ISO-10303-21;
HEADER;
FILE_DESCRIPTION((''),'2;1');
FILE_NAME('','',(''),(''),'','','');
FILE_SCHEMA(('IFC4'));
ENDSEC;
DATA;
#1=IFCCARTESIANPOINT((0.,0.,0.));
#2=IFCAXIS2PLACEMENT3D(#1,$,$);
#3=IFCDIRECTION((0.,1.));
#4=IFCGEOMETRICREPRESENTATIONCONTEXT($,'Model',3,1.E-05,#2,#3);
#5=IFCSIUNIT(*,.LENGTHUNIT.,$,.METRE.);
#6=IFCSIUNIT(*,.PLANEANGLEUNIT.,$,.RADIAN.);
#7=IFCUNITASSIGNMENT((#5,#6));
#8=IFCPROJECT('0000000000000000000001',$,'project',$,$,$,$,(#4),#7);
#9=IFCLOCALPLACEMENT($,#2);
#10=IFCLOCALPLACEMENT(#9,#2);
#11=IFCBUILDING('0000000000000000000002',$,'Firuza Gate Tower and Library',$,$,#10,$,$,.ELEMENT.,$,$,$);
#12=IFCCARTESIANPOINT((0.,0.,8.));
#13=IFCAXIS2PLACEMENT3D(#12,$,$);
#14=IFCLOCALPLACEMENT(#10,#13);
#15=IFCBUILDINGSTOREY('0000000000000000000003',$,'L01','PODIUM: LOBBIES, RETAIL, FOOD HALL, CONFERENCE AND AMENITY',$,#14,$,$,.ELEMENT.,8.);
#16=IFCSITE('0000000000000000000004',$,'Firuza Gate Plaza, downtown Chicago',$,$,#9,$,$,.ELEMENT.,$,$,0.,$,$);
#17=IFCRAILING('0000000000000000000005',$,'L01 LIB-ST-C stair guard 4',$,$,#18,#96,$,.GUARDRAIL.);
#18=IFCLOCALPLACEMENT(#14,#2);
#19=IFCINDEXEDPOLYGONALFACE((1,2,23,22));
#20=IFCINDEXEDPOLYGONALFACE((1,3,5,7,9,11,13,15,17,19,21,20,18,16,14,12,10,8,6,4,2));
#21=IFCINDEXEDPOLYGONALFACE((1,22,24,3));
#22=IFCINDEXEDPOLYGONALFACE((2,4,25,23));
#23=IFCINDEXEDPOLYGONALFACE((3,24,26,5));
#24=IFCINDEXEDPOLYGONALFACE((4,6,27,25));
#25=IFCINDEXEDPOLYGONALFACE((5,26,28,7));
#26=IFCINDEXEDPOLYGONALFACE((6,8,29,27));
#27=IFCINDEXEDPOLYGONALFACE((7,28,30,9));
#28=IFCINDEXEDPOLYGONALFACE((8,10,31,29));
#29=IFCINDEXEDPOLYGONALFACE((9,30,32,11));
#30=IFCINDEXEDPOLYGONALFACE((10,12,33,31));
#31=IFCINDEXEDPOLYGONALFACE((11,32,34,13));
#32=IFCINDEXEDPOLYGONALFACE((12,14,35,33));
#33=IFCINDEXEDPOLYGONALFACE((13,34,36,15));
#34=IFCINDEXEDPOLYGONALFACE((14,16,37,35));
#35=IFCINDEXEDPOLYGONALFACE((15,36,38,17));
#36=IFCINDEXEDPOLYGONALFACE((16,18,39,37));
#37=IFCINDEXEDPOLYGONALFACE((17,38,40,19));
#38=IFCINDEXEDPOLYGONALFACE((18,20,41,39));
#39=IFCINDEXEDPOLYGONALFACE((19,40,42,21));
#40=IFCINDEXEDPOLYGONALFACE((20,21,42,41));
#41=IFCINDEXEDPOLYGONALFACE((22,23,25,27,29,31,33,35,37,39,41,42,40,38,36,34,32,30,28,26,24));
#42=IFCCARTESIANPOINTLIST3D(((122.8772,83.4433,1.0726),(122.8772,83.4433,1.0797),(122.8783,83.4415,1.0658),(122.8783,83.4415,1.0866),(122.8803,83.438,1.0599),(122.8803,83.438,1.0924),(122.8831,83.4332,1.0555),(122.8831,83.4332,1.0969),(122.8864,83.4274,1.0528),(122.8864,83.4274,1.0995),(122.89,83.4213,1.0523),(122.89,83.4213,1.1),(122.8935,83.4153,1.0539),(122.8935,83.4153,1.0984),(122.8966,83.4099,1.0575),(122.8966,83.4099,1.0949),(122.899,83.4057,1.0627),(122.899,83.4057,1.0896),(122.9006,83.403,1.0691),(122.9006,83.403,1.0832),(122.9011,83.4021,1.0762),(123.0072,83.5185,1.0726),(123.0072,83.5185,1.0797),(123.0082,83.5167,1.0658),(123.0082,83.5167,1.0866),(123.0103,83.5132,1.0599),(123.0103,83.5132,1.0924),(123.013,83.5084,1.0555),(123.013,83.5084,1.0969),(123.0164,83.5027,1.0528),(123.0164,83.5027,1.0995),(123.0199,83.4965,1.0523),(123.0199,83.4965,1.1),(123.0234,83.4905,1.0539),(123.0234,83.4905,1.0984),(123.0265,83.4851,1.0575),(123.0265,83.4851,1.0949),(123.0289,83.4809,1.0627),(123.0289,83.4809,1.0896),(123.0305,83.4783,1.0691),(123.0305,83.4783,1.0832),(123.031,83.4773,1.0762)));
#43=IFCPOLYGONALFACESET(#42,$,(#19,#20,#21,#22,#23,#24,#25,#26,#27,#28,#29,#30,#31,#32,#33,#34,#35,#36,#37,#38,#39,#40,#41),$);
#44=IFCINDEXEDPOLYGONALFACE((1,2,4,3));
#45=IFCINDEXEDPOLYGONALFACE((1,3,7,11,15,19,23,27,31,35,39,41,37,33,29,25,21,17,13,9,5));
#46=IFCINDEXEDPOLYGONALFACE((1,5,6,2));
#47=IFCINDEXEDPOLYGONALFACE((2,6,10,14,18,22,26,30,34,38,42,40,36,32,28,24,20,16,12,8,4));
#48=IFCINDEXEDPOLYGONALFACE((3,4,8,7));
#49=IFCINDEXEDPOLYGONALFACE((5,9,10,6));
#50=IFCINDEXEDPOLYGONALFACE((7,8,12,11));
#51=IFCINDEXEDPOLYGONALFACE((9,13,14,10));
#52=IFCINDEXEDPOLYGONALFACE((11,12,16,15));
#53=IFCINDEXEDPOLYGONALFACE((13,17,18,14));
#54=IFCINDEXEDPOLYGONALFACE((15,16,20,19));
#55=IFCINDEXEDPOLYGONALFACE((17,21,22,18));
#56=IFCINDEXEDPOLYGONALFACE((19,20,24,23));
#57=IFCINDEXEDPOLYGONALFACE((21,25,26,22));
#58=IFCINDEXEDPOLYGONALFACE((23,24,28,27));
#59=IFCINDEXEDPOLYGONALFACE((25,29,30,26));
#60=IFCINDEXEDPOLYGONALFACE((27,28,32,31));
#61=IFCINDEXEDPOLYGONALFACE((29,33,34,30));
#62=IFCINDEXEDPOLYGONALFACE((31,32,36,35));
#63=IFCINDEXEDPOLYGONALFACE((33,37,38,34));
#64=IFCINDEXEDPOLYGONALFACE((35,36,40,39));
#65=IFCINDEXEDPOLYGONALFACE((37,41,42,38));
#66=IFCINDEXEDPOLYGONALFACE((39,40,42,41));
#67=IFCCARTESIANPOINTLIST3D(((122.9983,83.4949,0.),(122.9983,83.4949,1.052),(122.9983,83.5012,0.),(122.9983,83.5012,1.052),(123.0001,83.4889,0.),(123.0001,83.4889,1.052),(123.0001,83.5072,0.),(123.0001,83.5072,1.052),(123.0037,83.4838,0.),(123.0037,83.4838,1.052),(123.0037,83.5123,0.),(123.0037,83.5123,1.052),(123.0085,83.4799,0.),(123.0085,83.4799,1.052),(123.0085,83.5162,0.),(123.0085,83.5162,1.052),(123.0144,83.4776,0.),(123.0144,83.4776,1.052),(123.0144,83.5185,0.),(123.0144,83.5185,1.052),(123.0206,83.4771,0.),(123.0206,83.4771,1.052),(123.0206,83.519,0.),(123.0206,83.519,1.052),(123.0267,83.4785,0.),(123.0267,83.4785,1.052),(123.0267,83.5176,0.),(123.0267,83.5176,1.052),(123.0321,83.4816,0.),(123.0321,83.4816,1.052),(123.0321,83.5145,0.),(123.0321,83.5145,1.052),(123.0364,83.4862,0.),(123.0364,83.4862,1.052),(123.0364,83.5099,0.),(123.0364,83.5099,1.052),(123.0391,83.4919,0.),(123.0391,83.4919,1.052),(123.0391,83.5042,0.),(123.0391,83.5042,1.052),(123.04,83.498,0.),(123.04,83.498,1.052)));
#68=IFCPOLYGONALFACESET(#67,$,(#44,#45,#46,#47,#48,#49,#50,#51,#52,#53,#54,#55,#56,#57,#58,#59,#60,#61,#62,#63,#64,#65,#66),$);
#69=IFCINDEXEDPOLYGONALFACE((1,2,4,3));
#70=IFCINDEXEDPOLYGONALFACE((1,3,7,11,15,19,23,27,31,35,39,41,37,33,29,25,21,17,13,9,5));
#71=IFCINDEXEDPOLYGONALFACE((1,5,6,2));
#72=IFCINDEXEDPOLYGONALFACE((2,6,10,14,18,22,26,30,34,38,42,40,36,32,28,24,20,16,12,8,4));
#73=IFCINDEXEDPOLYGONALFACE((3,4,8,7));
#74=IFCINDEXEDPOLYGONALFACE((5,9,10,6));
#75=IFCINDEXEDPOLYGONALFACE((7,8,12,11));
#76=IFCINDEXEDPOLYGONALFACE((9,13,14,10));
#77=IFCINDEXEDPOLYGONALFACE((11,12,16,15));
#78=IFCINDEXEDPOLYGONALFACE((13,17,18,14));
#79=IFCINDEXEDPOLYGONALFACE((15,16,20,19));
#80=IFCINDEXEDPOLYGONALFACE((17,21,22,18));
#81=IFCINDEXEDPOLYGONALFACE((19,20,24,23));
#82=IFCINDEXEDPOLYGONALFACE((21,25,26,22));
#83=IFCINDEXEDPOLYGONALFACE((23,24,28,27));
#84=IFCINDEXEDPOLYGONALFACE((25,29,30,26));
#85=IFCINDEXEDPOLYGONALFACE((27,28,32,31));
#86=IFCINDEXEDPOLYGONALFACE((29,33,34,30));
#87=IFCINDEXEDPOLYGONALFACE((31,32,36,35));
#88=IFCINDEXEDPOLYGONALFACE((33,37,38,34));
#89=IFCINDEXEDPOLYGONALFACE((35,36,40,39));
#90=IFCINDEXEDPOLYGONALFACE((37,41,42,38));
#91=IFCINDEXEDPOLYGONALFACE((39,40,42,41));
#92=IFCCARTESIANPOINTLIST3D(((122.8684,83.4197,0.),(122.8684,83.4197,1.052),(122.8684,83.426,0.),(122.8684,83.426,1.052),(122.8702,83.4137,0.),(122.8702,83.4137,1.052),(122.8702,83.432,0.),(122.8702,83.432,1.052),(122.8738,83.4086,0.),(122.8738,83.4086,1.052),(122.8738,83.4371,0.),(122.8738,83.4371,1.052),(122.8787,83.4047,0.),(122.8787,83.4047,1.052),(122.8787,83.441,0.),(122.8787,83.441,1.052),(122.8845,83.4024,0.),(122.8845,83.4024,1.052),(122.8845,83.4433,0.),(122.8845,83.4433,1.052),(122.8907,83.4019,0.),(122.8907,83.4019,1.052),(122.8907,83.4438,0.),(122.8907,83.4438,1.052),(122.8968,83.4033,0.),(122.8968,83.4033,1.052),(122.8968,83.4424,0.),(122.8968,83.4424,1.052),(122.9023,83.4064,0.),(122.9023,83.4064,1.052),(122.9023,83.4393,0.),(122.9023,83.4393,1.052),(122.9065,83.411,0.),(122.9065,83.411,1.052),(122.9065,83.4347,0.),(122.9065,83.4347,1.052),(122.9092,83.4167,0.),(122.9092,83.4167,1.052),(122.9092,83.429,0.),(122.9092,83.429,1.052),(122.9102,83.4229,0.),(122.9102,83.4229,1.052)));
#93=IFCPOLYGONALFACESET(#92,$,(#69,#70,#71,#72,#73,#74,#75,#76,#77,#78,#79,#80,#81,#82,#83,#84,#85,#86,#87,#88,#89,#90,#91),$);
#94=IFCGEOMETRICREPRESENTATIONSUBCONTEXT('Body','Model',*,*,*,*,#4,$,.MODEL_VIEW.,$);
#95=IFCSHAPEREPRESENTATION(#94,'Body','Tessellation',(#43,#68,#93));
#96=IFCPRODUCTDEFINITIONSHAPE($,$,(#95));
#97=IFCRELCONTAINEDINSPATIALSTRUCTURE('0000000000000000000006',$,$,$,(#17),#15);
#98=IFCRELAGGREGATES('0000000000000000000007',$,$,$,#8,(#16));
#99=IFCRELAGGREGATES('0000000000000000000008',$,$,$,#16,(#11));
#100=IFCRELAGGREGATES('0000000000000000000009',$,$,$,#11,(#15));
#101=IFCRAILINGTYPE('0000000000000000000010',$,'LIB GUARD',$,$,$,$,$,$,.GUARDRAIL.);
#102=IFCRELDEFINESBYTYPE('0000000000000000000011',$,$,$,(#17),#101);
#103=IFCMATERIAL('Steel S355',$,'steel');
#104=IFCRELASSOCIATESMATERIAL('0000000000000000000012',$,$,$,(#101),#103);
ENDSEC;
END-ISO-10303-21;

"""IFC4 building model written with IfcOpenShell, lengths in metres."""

from ifc_helpers import new_model, si_unit, direction, frame, origin, origin_2d, place, context, subcontext, project, spatial, circle, extrude, material, type_object, element, save


model = new_model("IFC4")

# Units and contexts
model_context = context("Model", 3, precision=1e-05, world=origin(), true_north=direction((0.0, 1.0)))
body_context = subcontext(model_context, "Body", "Model", "MODEL_VIEW")
ifc_project = project(units=[si_unit("LENGTHUNIT", "METRE"), si_unit("PLANEANGLEUNIT", "RADIAN")], contexts=[model_context])

# Site, building, storey
site_placement = place(None, origin())
site = spatial("IfcSite", under=ifc_project, at=site_placement, Name="Firuza Gate Plaza, downtown Chicago", CompositionType="ELEMENT", RefElevation=0.0)
building_placement = place(site_placement, origin())
building = spatial("IfcBuilding", under=site, at=building_placement, Name="Firuza Gate Tower and Library", CompositionType="ELEMENT")
storey_placement = place(building_placement, frame((0.0, 0.0, 8.0)))
storey = spatial("IfcBuildingStorey", under=building, at=storey_placement, Name="L01", Description="PODIUM: LOBBIES, RETAIL, FOOD HALL, CONFERENCE AND AMENITY", CompositionType="ELEMENT", Elevation=8.0)

# Railing
ifc_material_1 = material(Name="Steel S355", Category="steel")
railing_type_1 = type_object("IfcRailingType", Name="LIB GUARD", PredefinedType="GUARDRAIL", material=ifc_material_1)
railing_1_placement = place(storey_placement, frame((123.019, 83.498, 0.0)))
element("IfcRailing", 1, at=railing_1_placement, inside=storey, type_object=railing_type_1, Name="L01 LIB-ST-C stair guard 4", PredefinedType="GUARDRAIL", context=body_context, shape_type="SweptSolid", body=[
    extrude(circle(Radius=0.0239, at=origin_2d()), frame((0.0, 0.0, 1.0762), z_axis=(-0.865426, -0.501036, 0.0), x_axis=(0.501036, -0.865426, 0.0)), (0.0, 0.0, 1.0), 0.1501),
    extrude(circle(Radius=0.021, at=origin_2d()), origin(), (0.0, 0.0, 1.0), 1.052),
    extrude(circle(Radius=0.021, at=origin_2d()), frame((-0.1299, -0.0752, 0.0)), (0.0, 0.0, 1.0), 1.052),
])

save(model, "model.ifc")
